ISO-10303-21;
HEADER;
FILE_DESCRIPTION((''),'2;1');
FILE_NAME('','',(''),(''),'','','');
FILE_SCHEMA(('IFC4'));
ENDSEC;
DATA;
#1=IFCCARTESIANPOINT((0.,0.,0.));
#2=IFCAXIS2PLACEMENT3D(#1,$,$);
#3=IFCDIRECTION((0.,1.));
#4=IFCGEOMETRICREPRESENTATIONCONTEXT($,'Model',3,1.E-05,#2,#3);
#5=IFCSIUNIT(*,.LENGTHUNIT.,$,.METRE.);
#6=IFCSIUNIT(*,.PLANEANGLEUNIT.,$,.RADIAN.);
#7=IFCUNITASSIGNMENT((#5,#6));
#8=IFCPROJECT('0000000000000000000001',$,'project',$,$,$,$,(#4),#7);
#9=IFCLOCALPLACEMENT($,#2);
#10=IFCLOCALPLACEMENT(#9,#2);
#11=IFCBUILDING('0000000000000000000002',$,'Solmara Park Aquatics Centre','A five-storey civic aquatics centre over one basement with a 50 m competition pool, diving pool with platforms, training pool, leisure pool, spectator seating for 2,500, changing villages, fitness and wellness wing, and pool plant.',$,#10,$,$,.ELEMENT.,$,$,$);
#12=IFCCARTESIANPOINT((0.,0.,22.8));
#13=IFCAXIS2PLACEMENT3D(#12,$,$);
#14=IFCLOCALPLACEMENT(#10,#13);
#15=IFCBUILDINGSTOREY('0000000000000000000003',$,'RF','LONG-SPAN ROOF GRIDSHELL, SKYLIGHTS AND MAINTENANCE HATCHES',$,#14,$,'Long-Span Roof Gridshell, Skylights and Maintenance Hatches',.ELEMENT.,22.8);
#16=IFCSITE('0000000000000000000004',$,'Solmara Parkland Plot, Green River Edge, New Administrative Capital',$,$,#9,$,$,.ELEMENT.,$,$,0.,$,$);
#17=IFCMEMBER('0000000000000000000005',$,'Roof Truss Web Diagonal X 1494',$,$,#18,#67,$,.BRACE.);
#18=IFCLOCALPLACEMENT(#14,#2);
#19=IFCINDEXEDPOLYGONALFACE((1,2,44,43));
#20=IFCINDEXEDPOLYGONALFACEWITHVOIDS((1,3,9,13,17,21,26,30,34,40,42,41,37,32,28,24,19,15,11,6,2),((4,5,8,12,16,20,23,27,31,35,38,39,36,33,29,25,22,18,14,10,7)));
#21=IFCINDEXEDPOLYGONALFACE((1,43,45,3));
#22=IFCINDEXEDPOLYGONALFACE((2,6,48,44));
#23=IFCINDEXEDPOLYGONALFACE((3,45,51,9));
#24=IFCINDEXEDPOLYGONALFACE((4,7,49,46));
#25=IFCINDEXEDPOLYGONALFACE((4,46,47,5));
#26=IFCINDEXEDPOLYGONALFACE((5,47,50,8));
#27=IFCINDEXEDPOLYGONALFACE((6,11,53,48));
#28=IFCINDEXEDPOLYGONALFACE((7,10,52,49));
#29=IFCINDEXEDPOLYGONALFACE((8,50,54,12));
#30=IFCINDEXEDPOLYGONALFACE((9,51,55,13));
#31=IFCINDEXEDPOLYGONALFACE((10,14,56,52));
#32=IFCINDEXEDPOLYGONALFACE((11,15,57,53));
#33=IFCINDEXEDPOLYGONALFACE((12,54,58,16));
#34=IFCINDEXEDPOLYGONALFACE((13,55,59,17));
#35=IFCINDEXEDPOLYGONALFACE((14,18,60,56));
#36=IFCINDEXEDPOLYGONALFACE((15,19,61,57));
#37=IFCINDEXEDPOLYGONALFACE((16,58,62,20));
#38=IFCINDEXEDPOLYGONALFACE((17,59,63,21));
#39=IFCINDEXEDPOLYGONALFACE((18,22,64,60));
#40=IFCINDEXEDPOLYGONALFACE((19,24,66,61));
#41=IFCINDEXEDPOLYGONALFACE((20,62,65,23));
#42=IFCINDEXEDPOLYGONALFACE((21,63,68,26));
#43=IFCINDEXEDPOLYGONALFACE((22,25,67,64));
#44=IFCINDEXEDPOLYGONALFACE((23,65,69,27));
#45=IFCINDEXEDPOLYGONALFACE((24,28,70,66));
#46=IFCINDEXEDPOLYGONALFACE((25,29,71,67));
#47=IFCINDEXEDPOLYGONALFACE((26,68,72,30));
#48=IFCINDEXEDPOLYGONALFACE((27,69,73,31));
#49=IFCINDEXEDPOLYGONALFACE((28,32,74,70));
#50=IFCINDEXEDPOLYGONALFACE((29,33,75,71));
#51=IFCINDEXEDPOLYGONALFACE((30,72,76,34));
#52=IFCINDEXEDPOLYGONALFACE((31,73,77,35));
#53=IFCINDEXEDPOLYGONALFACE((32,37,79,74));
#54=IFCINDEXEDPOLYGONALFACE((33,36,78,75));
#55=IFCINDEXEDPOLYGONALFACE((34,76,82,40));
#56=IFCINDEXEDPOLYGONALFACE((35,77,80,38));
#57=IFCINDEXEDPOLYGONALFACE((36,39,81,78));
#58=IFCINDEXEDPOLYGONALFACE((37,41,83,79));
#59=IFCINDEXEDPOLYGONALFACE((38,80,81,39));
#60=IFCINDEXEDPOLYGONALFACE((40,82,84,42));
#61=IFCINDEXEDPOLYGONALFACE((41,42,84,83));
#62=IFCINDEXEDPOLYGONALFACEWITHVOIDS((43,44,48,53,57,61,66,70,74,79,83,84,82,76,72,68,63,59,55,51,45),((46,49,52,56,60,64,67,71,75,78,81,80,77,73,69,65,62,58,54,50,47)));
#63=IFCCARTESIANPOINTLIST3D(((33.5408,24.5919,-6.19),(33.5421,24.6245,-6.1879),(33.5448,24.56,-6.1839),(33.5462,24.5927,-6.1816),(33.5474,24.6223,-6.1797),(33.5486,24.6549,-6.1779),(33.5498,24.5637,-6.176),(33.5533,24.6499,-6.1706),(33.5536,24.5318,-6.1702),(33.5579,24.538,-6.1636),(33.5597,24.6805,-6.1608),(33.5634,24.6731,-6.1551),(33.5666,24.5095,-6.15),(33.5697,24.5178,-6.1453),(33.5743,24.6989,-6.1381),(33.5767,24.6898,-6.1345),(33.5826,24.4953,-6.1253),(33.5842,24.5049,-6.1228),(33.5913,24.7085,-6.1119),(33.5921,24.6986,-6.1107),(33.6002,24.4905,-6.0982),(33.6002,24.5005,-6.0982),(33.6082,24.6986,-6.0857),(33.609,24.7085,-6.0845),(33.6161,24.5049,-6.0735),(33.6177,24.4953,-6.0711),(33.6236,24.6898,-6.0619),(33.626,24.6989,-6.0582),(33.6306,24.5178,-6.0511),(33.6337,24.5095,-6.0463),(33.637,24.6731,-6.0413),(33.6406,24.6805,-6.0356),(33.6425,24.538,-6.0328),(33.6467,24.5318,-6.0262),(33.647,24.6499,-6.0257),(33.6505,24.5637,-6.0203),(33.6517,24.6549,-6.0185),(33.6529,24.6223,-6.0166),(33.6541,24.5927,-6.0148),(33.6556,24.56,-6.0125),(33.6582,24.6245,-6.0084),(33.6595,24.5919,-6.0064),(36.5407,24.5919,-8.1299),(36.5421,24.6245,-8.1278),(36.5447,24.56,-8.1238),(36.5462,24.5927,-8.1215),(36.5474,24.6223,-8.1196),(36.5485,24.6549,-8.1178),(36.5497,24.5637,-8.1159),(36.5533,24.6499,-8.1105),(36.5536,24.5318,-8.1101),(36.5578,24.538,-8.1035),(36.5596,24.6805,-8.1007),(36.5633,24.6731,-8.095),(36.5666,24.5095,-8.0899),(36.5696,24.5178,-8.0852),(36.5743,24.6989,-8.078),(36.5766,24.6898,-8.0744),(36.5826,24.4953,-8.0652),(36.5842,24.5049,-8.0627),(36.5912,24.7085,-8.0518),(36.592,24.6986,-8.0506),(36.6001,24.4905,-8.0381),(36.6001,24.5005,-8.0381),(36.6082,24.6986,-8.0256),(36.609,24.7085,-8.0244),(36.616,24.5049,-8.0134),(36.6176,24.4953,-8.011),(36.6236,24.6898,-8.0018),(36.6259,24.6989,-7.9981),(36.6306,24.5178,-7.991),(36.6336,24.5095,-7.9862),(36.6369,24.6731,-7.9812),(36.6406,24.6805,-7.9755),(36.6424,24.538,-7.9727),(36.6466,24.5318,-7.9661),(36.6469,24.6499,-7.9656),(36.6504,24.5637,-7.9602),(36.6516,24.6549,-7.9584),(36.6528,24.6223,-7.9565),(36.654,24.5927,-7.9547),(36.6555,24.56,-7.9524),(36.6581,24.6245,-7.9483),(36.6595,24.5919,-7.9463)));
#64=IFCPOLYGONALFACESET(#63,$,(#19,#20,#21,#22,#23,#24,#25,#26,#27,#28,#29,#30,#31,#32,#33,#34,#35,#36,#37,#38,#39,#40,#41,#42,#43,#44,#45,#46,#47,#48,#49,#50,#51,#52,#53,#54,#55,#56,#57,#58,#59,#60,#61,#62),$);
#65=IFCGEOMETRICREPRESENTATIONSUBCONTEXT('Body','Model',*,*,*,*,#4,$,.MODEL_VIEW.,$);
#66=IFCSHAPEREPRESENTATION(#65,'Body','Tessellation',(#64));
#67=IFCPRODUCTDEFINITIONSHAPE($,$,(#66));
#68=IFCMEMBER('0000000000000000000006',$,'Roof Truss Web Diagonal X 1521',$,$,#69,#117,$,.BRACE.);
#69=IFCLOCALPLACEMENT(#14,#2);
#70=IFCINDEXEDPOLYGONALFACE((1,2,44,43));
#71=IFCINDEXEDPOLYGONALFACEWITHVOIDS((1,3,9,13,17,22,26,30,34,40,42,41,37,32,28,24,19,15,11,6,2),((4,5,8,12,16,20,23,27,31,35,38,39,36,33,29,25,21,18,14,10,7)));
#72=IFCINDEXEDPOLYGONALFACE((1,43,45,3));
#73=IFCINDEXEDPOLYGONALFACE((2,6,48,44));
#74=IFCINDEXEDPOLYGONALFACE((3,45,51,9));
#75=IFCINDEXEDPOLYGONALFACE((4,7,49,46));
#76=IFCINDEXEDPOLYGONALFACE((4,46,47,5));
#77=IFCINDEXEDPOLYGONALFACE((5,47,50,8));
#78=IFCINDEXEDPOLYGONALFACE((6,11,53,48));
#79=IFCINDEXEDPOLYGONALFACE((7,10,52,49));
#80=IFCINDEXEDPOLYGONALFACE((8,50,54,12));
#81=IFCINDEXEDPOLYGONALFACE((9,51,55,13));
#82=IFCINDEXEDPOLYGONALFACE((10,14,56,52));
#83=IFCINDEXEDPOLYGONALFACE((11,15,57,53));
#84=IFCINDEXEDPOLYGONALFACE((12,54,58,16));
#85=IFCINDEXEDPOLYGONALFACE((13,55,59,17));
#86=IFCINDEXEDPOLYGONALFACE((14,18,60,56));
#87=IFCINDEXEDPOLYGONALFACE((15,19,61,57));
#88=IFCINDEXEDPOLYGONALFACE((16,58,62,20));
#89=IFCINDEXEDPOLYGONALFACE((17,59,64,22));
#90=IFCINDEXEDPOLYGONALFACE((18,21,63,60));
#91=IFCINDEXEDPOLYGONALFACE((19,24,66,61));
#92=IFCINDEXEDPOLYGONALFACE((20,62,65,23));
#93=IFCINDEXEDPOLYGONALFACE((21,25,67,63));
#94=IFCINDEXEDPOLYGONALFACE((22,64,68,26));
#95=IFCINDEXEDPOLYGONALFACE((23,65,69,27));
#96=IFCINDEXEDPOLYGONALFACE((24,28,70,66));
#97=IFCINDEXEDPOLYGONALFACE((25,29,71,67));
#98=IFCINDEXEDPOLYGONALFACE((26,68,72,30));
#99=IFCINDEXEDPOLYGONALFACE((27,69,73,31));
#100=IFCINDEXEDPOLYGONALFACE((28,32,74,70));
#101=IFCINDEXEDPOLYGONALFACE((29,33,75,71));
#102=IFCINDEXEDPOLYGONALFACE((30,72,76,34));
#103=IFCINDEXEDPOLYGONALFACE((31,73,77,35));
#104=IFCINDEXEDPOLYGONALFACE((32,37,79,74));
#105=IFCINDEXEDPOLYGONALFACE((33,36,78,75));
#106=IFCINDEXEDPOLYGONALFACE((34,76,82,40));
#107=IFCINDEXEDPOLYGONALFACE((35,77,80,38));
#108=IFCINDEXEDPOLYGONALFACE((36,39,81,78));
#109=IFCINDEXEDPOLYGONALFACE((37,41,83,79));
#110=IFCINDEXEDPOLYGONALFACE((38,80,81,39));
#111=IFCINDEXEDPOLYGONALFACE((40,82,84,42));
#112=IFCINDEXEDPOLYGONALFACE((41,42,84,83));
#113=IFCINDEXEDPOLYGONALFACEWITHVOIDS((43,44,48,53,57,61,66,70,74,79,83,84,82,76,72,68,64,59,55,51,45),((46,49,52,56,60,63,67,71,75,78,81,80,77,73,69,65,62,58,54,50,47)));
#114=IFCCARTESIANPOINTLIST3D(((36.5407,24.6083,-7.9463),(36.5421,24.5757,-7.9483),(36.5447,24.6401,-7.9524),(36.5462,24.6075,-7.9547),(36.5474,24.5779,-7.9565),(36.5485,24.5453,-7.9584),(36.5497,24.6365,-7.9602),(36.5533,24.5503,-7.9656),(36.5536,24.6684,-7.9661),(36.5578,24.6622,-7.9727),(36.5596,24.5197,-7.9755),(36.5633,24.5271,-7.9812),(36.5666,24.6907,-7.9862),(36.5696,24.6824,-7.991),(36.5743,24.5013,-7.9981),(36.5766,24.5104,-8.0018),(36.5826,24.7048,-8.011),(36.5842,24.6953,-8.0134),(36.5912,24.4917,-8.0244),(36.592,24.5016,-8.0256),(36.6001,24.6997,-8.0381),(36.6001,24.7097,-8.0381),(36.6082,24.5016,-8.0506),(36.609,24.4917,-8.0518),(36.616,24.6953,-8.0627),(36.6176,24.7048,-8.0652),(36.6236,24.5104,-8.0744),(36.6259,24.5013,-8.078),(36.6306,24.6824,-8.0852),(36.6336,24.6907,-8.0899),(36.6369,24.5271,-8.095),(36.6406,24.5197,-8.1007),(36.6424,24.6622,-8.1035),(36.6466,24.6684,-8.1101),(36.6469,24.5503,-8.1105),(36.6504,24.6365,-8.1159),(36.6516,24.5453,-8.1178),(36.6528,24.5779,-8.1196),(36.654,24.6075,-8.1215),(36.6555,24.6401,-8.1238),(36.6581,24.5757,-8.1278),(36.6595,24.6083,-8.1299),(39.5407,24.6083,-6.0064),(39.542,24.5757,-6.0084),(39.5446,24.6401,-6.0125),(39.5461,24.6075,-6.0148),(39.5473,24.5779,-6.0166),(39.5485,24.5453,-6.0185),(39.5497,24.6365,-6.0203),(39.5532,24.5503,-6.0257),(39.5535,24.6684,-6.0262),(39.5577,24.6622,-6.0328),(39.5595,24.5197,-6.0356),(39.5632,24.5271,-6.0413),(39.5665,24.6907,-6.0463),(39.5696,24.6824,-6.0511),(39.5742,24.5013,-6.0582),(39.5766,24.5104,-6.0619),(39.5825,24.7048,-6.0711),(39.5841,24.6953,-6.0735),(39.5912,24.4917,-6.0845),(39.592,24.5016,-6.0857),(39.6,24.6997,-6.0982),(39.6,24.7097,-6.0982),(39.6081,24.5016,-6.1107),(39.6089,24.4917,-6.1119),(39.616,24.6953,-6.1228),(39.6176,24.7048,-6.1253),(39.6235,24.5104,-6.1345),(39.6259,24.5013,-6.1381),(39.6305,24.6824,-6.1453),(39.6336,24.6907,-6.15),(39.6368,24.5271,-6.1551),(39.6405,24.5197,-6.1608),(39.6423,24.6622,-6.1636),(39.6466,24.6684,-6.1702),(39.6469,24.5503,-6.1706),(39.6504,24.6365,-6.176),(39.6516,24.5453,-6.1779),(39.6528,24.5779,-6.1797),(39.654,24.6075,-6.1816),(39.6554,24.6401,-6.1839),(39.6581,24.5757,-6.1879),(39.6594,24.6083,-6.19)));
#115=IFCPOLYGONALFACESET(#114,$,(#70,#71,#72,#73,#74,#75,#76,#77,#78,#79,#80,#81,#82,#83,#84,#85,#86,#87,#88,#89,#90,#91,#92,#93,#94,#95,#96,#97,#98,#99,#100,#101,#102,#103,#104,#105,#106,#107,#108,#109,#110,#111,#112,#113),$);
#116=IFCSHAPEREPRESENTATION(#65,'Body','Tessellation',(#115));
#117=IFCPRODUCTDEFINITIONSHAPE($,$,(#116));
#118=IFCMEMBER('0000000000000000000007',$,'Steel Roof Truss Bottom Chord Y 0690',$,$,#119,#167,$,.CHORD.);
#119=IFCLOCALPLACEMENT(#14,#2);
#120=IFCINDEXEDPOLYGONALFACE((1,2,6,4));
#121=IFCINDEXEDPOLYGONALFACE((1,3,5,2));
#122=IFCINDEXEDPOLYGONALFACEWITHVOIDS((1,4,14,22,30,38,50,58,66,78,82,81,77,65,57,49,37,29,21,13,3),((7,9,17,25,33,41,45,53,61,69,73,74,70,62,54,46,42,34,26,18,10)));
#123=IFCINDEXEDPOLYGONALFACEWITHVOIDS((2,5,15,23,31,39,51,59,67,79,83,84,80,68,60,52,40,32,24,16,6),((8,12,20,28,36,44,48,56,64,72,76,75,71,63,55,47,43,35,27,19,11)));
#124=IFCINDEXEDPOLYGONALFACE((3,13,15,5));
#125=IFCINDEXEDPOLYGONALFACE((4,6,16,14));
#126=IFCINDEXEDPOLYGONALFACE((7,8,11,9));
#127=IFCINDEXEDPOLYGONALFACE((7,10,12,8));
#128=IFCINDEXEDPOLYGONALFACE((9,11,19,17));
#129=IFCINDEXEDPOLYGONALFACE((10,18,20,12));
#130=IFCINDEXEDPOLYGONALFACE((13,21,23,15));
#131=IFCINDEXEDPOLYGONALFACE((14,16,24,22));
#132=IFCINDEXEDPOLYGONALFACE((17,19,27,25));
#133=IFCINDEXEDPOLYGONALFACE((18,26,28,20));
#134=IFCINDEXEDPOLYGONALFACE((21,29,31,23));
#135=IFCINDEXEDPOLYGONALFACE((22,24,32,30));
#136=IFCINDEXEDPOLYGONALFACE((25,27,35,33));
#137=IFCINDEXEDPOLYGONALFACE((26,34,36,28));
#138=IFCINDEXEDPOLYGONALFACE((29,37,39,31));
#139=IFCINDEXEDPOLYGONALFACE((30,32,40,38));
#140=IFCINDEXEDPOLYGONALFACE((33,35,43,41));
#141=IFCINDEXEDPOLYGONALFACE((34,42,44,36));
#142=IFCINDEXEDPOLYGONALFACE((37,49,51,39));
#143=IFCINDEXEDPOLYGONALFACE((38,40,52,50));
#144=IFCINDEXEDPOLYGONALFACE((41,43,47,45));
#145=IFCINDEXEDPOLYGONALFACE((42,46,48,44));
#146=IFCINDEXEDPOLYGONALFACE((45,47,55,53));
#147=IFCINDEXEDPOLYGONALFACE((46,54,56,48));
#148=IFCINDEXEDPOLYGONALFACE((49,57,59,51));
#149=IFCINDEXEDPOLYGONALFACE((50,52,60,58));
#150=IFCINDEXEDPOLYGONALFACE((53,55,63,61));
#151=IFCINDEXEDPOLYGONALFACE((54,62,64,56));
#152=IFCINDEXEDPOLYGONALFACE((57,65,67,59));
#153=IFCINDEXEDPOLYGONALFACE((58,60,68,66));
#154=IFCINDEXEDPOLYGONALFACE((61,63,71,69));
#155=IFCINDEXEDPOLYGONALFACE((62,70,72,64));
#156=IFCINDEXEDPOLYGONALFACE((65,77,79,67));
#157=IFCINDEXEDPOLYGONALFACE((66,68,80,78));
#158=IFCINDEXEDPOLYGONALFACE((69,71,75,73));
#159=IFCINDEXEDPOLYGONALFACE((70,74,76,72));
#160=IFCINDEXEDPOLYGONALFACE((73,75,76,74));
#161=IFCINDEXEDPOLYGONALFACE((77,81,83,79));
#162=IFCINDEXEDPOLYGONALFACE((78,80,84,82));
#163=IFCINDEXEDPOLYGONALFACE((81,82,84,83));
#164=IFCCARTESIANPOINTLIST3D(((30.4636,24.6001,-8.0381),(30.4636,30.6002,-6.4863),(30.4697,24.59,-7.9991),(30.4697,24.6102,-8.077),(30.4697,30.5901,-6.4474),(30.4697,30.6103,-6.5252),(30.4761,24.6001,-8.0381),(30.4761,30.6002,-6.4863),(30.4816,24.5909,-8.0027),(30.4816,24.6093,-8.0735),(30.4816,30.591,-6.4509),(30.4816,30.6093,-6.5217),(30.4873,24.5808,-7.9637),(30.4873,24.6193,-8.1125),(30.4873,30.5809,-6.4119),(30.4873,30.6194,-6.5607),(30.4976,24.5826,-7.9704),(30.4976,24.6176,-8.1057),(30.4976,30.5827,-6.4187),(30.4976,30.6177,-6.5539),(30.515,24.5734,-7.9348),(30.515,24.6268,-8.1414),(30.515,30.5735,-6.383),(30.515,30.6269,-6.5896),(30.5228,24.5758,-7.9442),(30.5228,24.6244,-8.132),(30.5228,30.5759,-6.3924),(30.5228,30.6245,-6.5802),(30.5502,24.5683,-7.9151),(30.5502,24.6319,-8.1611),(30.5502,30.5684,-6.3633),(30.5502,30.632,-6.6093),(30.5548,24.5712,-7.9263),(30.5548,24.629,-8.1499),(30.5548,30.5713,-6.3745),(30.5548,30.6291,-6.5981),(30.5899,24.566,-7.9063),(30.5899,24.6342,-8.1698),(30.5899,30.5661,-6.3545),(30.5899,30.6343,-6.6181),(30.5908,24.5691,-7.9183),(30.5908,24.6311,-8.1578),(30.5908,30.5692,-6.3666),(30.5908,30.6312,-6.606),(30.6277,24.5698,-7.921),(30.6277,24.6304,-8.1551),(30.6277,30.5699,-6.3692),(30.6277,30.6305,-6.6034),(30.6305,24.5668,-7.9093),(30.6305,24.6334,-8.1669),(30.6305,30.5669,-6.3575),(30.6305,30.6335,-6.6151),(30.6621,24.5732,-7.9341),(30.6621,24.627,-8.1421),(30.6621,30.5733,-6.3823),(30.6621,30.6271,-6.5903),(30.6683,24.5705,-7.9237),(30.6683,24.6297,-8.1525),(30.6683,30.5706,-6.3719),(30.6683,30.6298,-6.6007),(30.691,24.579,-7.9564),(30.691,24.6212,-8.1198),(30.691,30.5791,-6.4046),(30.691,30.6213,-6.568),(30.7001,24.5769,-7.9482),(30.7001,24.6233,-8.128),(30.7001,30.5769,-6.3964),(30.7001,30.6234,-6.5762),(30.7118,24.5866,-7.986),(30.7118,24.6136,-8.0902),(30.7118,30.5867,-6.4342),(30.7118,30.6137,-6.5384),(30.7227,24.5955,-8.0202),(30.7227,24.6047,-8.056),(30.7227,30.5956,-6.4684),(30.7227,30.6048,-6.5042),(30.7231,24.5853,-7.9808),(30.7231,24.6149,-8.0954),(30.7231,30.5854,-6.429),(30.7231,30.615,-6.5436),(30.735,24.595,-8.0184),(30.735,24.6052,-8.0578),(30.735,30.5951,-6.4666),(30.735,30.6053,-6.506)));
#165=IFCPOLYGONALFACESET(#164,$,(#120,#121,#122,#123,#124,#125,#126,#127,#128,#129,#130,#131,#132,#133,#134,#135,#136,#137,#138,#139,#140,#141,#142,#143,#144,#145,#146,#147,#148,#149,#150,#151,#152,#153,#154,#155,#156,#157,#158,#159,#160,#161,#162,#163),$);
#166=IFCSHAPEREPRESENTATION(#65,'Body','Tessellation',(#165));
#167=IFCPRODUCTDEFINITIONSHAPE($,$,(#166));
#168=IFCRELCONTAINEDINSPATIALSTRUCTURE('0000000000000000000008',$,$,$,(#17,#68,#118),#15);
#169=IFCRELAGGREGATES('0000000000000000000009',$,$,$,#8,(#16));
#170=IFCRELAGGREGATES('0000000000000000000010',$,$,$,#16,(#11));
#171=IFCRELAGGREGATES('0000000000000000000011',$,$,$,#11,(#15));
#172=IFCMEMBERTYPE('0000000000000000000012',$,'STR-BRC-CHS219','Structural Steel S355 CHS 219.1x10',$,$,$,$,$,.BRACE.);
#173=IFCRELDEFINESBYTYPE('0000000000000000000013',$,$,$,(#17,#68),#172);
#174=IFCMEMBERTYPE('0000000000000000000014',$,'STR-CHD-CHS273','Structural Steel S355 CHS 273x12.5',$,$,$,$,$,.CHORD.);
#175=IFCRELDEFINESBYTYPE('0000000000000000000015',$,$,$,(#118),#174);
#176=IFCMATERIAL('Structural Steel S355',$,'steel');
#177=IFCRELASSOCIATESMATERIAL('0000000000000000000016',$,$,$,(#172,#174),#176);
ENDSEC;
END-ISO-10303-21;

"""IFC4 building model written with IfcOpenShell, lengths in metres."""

from ifc_helpers import new_model, si_unit, direction, frame, origin, origin_2d, place, context, subcontext, project, spatial, hollow_circle, extrude, material, material_profile, profile_set, type_object, element, save


model = new_model("IFC4")

# Units and contexts
model_context = context("Model", 3, precision=1e-05, world=origin(), true_north=direction((0.0, 1.0)))
body_context = subcontext(model_context, "Body", "Model", "MODEL_VIEW")
ifc_project = project(units=[si_unit("LENGTHUNIT", "METRE"), si_unit("PLANEANGLEUNIT", "RADIAN")], contexts=[model_context])

# Site, building, storey
site_placement = place(None, origin())
site = spatial("IfcSite", under=ifc_project, at=site_placement, Name="Solmara Parkland Plot, Green River Edge, New Administrative Capital", CompositionType="ELEMENT", RefElevation=0.0)
building_placement = place(site_placement, origin())
building = spatial("IfcBuilding", under=site, at=building_placement, Name="Solmara Park Aquatics Centre", Description="A five-storey civic aquatics centre over one basement with a 50 m competition pool, diving pool with platforms, training pool, leisure pool, spectator seating for 2,500, changing villages, fitness and wellness wing, and pool plant.", CompositionType="ELEMENT")
storey_placement = place(building_placement, frame((0.0, 0.0, 22.8)))
storey = spatial("IfcBuildingStorey", under=building, at=storey_placement, Name="RF", Description="LONG-SPAN ROOF GRIDSHELL, SKYLIGHTS AND MAINTENANCE HATCHES", LongName="Long-Span Roof Gridshell, Skylights and Maintenance Hatches", CompositionType="ELEMENT", Elevation=22.8)

# Members
ifc_material_1 = material(Name="Structural Steel S355", Category="steel")
ifc_material_profile_1 = material_profile(ifc_material_1, hollow_circle(Radius=0.1096, WallThickness=0.01, at=origin_2d()), Name="CHS 219.1x10")
ifc_profile_set_1 = profile_set([ifc_material_profile_1], Name="Structural Steel S355")
member_type_1 = type_object("IfcMemberType", Name="STR-BRC-CHS219", Description="Structural Steel S355 CHS 219.1x10", PredefinedType="BRACE", material=ifc_profile_set_1)
for number, where, z_axis, x_axis, name in (
    (1, (36.6001, 24.6001, -8.0381), (-0.839728, 0.0, 0.543008), (0.0, -1.0, 0.0), "Roof Truss Web Diagonal X 1494"),
    (2, (36.6001, 24.6001, -8.0381), (0.839728, 0.0, 0.543008), (0.0, 1.0, 0.0), "Roof Truss Web Diagonal X 1521"),
):
    element("IfcMember", number, at=place(storey_placement, frame(where, z_axis=z_axis, x_axis=x_axis)), inside=storey, type_object=member_type_1, Name=name, PredefinedType="BRACE", context=body_context, shape_type="SweptSolid", body=[
        extrude(hollow_circle(Radius=0.1096, WallThickness=0.01, at=origin_2d()), origin(), (0.0, 0.0, 1.0), 3.5725),
    ])
ifc_material_profile_2 = material_profile(ifc_material_1, hollow_circle(Radius=0.1365, WallThickness=0.0125, at=origin_2d()), Name="CHS 273x12.5")
ifc_profile_set_2 = profile_set([ifc_material_profile_2], Name="Structural Steel S355")
member_type_2 = type_object("IfcMemberType", Name="STR-CHD-CHS273", Description="Structural Steel S355 CHS 273x12.5", PredefinedType="CHORD", material=ifc_profile_set_2)
member_1_placement = place(storey_placement, frame((30.6001, 24.6001, -8.0381), z_axis=(0.0, 0.968146, 0.250388), x_axis=(-1.0, 0.0, 0.0)))
element("IfcMember", 3, at=member_1_placement, inside=storey, type_object=member_type_2, Name="Steel Roof Truss Bottom Chord Y 0690", PredefinedType="CHORD", context=body_context, shape_type="SweptSolid", body=[
    extrude(hollow_circle(Radius=0.1365, WallThickness=0.0125, at=origin_2d()), origin(), (0.0, 0.0, 1.0), 6.1975),
])

save(model, "model.ifc")
